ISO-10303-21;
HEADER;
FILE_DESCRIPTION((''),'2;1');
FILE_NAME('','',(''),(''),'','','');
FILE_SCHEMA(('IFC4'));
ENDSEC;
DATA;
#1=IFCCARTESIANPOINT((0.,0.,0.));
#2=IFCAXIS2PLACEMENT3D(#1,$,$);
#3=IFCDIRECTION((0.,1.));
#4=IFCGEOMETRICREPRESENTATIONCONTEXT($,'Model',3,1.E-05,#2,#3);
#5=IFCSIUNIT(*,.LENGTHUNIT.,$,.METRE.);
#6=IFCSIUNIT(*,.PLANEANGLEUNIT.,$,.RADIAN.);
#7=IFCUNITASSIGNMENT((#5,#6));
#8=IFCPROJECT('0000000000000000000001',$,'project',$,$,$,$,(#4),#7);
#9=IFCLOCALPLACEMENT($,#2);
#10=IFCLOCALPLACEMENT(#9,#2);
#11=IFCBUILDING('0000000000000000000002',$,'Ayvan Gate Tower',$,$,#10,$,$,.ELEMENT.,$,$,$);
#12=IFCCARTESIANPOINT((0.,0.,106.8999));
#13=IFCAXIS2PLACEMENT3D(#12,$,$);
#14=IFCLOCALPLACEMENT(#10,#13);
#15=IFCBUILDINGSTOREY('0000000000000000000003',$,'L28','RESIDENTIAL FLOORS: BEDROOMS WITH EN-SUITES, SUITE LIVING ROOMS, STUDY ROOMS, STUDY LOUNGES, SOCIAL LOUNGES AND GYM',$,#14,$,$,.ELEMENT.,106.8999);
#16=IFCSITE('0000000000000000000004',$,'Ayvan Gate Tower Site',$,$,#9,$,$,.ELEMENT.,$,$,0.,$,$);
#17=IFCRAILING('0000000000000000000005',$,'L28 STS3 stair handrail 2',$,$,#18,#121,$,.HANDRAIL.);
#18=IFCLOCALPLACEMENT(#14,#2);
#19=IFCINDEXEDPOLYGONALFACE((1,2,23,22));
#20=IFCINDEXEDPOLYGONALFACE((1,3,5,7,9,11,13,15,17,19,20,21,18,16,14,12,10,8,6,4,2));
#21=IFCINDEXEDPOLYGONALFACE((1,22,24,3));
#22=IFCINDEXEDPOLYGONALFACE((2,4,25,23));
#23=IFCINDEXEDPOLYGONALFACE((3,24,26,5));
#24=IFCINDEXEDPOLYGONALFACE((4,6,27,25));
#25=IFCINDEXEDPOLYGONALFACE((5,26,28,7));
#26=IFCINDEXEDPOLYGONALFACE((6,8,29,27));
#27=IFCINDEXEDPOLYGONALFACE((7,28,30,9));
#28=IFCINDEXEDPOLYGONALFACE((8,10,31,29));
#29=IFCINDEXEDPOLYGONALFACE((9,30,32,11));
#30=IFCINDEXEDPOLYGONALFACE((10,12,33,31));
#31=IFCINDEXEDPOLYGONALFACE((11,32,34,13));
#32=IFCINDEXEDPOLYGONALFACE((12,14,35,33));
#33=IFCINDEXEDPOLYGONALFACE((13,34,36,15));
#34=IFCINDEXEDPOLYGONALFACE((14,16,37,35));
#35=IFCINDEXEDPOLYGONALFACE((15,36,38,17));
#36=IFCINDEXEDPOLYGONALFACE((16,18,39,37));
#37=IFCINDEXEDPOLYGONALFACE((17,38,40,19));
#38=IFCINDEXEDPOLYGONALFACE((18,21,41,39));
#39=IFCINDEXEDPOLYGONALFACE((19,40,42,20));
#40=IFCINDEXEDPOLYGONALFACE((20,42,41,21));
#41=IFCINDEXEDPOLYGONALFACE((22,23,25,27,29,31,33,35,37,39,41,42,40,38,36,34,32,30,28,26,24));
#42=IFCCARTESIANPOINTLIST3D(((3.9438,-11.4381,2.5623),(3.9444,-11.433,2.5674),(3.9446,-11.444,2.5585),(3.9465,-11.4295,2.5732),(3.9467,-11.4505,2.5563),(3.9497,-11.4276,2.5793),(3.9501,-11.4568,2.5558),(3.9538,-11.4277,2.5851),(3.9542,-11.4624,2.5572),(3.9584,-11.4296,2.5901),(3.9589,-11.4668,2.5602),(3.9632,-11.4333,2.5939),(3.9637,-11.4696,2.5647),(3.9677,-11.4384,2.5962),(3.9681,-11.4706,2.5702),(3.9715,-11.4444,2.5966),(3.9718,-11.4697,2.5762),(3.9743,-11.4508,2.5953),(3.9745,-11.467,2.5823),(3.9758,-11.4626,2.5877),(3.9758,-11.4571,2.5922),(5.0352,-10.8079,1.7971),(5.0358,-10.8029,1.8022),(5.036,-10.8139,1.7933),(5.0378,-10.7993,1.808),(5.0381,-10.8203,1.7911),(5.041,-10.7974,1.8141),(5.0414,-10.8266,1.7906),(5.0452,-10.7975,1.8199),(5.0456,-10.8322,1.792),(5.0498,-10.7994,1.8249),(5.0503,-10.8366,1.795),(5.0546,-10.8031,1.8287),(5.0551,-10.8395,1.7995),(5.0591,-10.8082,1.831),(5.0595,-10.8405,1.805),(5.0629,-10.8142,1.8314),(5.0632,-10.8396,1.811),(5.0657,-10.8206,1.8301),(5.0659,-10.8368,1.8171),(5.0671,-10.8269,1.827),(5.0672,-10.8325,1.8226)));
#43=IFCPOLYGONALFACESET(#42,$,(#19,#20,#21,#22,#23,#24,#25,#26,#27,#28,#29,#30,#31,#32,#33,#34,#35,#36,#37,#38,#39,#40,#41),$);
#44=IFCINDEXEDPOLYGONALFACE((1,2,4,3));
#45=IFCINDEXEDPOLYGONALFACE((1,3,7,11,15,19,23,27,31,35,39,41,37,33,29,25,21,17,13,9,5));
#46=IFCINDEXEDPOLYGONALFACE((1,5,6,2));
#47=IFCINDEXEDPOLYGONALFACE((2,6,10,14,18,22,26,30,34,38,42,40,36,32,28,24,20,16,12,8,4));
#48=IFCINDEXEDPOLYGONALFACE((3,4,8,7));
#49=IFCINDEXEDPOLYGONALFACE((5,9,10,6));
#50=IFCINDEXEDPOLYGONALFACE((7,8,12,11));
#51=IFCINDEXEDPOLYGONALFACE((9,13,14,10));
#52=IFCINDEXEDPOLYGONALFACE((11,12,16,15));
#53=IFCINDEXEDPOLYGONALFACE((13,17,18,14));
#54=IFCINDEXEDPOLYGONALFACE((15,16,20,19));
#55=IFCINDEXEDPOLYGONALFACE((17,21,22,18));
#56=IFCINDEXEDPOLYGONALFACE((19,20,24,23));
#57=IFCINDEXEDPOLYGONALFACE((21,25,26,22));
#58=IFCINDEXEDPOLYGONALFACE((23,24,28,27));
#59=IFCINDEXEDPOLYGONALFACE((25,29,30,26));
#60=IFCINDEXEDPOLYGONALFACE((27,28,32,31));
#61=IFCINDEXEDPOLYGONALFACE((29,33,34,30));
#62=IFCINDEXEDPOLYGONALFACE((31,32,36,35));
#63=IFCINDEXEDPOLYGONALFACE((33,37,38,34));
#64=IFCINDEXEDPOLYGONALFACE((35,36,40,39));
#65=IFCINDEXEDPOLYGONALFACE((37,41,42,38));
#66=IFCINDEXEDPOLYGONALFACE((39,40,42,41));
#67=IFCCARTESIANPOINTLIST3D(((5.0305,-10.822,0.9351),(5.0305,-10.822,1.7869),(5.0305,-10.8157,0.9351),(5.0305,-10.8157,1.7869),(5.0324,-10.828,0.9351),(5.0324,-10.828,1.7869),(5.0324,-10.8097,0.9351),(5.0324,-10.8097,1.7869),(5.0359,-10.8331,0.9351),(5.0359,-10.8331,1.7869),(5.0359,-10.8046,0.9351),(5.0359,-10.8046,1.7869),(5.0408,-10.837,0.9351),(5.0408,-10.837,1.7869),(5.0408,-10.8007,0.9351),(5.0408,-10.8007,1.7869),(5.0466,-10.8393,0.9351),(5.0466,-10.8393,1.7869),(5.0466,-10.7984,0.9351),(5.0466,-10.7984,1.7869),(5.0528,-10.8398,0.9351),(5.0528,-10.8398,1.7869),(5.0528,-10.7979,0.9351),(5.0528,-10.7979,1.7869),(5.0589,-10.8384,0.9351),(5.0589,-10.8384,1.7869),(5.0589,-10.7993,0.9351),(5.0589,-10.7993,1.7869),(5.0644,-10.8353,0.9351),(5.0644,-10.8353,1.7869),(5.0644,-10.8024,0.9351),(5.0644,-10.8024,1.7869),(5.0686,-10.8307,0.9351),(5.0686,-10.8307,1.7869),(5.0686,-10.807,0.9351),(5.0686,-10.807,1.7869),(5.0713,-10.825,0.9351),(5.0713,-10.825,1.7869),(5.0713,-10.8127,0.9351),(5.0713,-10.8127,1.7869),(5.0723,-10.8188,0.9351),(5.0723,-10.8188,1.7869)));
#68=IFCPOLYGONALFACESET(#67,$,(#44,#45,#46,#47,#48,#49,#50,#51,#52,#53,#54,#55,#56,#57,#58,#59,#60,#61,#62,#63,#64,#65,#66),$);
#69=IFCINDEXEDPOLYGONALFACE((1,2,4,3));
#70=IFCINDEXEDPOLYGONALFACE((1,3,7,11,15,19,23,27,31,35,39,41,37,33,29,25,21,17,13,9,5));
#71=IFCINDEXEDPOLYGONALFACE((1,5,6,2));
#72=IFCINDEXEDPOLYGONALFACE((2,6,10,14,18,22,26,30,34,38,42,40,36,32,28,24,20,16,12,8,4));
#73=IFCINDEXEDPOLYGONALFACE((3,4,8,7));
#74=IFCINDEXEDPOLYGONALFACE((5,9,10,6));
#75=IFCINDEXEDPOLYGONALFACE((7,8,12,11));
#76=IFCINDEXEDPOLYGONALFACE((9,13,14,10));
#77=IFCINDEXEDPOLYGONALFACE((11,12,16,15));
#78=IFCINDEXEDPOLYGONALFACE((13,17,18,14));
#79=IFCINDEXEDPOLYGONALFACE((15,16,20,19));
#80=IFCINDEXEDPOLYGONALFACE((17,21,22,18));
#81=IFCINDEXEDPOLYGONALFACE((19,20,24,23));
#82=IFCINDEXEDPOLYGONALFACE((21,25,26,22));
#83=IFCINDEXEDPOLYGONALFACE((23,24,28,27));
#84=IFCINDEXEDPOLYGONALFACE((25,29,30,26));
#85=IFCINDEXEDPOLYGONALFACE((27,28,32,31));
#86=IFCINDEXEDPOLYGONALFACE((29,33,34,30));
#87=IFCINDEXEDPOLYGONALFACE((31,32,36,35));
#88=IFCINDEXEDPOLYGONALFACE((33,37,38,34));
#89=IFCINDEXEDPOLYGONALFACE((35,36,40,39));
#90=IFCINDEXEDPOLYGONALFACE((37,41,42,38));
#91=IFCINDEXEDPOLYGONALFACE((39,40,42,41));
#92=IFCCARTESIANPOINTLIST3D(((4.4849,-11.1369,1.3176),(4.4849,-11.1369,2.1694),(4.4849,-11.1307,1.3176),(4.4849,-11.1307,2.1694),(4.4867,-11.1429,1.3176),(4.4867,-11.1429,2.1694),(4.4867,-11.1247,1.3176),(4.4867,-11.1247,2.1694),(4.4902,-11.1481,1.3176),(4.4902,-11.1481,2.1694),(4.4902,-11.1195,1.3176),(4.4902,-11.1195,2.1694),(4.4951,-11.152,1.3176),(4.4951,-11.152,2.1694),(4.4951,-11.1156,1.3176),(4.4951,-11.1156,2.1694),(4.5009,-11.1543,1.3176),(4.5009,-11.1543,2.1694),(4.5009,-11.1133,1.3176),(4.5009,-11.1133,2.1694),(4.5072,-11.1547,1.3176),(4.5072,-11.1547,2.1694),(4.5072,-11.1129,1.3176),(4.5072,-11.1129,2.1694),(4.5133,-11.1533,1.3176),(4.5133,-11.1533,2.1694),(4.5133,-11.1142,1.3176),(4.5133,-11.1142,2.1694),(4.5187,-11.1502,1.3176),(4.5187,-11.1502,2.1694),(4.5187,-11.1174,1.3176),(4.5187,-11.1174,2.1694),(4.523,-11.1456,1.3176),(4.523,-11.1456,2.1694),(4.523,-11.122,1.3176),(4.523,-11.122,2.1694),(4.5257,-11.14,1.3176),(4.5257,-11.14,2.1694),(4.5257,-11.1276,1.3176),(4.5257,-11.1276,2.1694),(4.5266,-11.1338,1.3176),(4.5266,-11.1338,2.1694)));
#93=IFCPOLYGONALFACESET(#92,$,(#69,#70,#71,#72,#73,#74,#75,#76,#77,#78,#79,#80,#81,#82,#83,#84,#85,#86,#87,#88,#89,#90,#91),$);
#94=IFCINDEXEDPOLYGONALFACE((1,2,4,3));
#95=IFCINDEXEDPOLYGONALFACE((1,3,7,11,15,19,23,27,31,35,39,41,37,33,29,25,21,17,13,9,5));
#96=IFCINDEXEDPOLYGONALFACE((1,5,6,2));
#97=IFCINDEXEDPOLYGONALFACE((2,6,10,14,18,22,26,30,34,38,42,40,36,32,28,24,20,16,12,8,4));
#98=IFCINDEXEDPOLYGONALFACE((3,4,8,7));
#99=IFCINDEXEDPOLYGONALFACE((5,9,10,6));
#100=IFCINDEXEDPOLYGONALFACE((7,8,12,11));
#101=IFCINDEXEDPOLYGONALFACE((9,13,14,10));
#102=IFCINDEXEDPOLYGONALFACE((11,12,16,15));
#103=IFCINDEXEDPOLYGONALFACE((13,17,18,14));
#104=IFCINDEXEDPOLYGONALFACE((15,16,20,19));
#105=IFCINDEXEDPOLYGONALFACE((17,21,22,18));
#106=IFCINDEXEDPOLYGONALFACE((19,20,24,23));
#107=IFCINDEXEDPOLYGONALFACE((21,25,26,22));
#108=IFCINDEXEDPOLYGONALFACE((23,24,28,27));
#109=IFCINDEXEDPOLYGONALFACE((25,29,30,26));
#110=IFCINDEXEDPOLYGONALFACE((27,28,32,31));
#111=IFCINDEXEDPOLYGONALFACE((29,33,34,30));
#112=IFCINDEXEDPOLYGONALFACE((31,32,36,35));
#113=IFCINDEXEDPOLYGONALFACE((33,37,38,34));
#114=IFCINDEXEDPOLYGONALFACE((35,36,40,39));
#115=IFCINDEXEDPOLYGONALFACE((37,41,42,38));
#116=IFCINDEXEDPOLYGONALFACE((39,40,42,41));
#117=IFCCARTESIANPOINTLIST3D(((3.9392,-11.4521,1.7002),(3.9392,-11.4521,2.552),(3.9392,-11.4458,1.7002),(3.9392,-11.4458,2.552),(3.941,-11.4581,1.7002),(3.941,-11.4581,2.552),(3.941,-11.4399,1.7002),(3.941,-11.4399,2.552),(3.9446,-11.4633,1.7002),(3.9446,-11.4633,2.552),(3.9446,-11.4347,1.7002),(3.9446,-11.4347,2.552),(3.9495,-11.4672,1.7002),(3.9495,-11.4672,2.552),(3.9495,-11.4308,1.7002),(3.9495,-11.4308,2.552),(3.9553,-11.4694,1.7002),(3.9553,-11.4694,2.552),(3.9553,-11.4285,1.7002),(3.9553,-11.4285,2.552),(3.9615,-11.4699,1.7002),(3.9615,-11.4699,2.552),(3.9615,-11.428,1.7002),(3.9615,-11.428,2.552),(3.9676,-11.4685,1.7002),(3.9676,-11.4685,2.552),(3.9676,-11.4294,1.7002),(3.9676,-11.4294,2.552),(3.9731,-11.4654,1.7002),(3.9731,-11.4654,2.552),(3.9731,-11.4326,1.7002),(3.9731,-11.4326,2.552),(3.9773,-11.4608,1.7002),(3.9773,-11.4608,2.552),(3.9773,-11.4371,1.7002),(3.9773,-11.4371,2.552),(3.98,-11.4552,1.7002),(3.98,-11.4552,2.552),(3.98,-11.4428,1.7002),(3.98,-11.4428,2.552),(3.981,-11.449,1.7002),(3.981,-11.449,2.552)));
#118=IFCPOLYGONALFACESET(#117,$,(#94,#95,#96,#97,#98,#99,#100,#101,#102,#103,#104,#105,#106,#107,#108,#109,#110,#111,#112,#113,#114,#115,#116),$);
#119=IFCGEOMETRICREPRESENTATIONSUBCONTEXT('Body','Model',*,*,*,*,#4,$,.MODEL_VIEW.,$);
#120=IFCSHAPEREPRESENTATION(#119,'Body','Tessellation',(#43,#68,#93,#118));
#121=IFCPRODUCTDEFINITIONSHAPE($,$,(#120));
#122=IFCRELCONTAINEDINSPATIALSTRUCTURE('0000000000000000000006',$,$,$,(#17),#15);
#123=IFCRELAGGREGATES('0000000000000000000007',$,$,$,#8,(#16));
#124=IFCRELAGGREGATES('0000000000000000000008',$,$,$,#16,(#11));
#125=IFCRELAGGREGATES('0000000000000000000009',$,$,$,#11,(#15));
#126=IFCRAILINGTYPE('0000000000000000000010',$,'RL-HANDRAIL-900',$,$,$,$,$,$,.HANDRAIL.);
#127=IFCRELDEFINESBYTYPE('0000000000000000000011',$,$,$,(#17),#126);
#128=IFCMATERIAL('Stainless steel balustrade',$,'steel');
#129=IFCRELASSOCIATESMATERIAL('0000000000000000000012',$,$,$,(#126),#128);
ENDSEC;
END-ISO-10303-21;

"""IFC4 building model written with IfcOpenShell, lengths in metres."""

from ifc_helpers import new_model, si_unit, direction, frame, origin, origin_2d, place, context, subcontext, project, spatial, circle, extrude, material, type_object, element, save


model = new_model("IFC4")

# Units and contexts
model_context = context("Model", 3, precision=1e-05, world=origin(), true_north=direction((0.0, 1.0)))
body_context = subcontext(model_context, "Body", "Model", "MODEL_VIEW")
ifc_project = project(units=[si_unit("LENGTHUNIT", "METRE"), si_unit("PLANEANGLEUNIT", "RADIAN")], contexts=[model_context])

# Site, building, storey
site_placement = place(None, origin())
site = spatial("IfcSite", under=ifc_project, at=site_placement, Name="Ayvan Gate Tower Site", CompositionType="ELEMENT", RefElevation=0.0)
building_placement = place(site_placement, origin())
building = spatial("IfcBuilding", under=site, at=building_placement, Name="Ayvan Gate Tower", CompositionType="ELEMENT")
storey_placement = place(building_placement, frame((0.0, 0.0, 106.8999)))
storey = spatial("IfcBuildingStorey", under=building, at=storey_placement, Name="L28", Description="RESIDENTIAL FLOORS: BEDROOMS WITH EN-SUITES, SUITE LIVING ROOMS, STUDY ROOMS, STUDY LOUNGES, SOCIAL LOUNGES AND GYM", CompositionType="ELEMENT", Elevation=106.8999)

# Railing
ifc_material_1 = material(Name="Stainless steel balustrade", Category="steel")
railing_type_1 = type_object("IfcRailingType", Name="RL-HANDRAIL-900", PredefinedType="HANDRAIL", material=ifc_material_1)
railing_1_placement = place(storey_placement, frame((5.0513, -10.8188, 0.9351)))
element("IfcRailing", 1, at=railing_1_placement, inside=storey, type_object=railing_type_1, Name="L28 STS3 stair handrail 2", PredefinedType="HANDRAIL", context=body_context, shape_type="SweptSolid", body=[
    extrude(circle(Radius=0.0239, at=origin_2d()), frame((0.0, 0.0, 0.876), z_axis=(-0.740241, -0.427419, 0.518996), x_axis=(0.500035, -0.866005, 0.0)), (0.0, 0.0, 1.0), 1.4744),
    extrude(circle(Radius=0.021, at=origin_2d()), origin(), (0.0, 0.0, 1.0), 0.8518),
    extrude(circle(Radius=0.021, at=origin_2d()), frame((-0.5457, -0.3149, 0.3826)), (0.0, 0.0, 1.0), 0.8518),
    extrude(circle(Radius=0.021, at=origin_2d()), frame((-1.0913, -0.6301, 0.7651)), (0.0, 0.0, 1.0), 0.8518),
])

save(model, "model.ifc")
